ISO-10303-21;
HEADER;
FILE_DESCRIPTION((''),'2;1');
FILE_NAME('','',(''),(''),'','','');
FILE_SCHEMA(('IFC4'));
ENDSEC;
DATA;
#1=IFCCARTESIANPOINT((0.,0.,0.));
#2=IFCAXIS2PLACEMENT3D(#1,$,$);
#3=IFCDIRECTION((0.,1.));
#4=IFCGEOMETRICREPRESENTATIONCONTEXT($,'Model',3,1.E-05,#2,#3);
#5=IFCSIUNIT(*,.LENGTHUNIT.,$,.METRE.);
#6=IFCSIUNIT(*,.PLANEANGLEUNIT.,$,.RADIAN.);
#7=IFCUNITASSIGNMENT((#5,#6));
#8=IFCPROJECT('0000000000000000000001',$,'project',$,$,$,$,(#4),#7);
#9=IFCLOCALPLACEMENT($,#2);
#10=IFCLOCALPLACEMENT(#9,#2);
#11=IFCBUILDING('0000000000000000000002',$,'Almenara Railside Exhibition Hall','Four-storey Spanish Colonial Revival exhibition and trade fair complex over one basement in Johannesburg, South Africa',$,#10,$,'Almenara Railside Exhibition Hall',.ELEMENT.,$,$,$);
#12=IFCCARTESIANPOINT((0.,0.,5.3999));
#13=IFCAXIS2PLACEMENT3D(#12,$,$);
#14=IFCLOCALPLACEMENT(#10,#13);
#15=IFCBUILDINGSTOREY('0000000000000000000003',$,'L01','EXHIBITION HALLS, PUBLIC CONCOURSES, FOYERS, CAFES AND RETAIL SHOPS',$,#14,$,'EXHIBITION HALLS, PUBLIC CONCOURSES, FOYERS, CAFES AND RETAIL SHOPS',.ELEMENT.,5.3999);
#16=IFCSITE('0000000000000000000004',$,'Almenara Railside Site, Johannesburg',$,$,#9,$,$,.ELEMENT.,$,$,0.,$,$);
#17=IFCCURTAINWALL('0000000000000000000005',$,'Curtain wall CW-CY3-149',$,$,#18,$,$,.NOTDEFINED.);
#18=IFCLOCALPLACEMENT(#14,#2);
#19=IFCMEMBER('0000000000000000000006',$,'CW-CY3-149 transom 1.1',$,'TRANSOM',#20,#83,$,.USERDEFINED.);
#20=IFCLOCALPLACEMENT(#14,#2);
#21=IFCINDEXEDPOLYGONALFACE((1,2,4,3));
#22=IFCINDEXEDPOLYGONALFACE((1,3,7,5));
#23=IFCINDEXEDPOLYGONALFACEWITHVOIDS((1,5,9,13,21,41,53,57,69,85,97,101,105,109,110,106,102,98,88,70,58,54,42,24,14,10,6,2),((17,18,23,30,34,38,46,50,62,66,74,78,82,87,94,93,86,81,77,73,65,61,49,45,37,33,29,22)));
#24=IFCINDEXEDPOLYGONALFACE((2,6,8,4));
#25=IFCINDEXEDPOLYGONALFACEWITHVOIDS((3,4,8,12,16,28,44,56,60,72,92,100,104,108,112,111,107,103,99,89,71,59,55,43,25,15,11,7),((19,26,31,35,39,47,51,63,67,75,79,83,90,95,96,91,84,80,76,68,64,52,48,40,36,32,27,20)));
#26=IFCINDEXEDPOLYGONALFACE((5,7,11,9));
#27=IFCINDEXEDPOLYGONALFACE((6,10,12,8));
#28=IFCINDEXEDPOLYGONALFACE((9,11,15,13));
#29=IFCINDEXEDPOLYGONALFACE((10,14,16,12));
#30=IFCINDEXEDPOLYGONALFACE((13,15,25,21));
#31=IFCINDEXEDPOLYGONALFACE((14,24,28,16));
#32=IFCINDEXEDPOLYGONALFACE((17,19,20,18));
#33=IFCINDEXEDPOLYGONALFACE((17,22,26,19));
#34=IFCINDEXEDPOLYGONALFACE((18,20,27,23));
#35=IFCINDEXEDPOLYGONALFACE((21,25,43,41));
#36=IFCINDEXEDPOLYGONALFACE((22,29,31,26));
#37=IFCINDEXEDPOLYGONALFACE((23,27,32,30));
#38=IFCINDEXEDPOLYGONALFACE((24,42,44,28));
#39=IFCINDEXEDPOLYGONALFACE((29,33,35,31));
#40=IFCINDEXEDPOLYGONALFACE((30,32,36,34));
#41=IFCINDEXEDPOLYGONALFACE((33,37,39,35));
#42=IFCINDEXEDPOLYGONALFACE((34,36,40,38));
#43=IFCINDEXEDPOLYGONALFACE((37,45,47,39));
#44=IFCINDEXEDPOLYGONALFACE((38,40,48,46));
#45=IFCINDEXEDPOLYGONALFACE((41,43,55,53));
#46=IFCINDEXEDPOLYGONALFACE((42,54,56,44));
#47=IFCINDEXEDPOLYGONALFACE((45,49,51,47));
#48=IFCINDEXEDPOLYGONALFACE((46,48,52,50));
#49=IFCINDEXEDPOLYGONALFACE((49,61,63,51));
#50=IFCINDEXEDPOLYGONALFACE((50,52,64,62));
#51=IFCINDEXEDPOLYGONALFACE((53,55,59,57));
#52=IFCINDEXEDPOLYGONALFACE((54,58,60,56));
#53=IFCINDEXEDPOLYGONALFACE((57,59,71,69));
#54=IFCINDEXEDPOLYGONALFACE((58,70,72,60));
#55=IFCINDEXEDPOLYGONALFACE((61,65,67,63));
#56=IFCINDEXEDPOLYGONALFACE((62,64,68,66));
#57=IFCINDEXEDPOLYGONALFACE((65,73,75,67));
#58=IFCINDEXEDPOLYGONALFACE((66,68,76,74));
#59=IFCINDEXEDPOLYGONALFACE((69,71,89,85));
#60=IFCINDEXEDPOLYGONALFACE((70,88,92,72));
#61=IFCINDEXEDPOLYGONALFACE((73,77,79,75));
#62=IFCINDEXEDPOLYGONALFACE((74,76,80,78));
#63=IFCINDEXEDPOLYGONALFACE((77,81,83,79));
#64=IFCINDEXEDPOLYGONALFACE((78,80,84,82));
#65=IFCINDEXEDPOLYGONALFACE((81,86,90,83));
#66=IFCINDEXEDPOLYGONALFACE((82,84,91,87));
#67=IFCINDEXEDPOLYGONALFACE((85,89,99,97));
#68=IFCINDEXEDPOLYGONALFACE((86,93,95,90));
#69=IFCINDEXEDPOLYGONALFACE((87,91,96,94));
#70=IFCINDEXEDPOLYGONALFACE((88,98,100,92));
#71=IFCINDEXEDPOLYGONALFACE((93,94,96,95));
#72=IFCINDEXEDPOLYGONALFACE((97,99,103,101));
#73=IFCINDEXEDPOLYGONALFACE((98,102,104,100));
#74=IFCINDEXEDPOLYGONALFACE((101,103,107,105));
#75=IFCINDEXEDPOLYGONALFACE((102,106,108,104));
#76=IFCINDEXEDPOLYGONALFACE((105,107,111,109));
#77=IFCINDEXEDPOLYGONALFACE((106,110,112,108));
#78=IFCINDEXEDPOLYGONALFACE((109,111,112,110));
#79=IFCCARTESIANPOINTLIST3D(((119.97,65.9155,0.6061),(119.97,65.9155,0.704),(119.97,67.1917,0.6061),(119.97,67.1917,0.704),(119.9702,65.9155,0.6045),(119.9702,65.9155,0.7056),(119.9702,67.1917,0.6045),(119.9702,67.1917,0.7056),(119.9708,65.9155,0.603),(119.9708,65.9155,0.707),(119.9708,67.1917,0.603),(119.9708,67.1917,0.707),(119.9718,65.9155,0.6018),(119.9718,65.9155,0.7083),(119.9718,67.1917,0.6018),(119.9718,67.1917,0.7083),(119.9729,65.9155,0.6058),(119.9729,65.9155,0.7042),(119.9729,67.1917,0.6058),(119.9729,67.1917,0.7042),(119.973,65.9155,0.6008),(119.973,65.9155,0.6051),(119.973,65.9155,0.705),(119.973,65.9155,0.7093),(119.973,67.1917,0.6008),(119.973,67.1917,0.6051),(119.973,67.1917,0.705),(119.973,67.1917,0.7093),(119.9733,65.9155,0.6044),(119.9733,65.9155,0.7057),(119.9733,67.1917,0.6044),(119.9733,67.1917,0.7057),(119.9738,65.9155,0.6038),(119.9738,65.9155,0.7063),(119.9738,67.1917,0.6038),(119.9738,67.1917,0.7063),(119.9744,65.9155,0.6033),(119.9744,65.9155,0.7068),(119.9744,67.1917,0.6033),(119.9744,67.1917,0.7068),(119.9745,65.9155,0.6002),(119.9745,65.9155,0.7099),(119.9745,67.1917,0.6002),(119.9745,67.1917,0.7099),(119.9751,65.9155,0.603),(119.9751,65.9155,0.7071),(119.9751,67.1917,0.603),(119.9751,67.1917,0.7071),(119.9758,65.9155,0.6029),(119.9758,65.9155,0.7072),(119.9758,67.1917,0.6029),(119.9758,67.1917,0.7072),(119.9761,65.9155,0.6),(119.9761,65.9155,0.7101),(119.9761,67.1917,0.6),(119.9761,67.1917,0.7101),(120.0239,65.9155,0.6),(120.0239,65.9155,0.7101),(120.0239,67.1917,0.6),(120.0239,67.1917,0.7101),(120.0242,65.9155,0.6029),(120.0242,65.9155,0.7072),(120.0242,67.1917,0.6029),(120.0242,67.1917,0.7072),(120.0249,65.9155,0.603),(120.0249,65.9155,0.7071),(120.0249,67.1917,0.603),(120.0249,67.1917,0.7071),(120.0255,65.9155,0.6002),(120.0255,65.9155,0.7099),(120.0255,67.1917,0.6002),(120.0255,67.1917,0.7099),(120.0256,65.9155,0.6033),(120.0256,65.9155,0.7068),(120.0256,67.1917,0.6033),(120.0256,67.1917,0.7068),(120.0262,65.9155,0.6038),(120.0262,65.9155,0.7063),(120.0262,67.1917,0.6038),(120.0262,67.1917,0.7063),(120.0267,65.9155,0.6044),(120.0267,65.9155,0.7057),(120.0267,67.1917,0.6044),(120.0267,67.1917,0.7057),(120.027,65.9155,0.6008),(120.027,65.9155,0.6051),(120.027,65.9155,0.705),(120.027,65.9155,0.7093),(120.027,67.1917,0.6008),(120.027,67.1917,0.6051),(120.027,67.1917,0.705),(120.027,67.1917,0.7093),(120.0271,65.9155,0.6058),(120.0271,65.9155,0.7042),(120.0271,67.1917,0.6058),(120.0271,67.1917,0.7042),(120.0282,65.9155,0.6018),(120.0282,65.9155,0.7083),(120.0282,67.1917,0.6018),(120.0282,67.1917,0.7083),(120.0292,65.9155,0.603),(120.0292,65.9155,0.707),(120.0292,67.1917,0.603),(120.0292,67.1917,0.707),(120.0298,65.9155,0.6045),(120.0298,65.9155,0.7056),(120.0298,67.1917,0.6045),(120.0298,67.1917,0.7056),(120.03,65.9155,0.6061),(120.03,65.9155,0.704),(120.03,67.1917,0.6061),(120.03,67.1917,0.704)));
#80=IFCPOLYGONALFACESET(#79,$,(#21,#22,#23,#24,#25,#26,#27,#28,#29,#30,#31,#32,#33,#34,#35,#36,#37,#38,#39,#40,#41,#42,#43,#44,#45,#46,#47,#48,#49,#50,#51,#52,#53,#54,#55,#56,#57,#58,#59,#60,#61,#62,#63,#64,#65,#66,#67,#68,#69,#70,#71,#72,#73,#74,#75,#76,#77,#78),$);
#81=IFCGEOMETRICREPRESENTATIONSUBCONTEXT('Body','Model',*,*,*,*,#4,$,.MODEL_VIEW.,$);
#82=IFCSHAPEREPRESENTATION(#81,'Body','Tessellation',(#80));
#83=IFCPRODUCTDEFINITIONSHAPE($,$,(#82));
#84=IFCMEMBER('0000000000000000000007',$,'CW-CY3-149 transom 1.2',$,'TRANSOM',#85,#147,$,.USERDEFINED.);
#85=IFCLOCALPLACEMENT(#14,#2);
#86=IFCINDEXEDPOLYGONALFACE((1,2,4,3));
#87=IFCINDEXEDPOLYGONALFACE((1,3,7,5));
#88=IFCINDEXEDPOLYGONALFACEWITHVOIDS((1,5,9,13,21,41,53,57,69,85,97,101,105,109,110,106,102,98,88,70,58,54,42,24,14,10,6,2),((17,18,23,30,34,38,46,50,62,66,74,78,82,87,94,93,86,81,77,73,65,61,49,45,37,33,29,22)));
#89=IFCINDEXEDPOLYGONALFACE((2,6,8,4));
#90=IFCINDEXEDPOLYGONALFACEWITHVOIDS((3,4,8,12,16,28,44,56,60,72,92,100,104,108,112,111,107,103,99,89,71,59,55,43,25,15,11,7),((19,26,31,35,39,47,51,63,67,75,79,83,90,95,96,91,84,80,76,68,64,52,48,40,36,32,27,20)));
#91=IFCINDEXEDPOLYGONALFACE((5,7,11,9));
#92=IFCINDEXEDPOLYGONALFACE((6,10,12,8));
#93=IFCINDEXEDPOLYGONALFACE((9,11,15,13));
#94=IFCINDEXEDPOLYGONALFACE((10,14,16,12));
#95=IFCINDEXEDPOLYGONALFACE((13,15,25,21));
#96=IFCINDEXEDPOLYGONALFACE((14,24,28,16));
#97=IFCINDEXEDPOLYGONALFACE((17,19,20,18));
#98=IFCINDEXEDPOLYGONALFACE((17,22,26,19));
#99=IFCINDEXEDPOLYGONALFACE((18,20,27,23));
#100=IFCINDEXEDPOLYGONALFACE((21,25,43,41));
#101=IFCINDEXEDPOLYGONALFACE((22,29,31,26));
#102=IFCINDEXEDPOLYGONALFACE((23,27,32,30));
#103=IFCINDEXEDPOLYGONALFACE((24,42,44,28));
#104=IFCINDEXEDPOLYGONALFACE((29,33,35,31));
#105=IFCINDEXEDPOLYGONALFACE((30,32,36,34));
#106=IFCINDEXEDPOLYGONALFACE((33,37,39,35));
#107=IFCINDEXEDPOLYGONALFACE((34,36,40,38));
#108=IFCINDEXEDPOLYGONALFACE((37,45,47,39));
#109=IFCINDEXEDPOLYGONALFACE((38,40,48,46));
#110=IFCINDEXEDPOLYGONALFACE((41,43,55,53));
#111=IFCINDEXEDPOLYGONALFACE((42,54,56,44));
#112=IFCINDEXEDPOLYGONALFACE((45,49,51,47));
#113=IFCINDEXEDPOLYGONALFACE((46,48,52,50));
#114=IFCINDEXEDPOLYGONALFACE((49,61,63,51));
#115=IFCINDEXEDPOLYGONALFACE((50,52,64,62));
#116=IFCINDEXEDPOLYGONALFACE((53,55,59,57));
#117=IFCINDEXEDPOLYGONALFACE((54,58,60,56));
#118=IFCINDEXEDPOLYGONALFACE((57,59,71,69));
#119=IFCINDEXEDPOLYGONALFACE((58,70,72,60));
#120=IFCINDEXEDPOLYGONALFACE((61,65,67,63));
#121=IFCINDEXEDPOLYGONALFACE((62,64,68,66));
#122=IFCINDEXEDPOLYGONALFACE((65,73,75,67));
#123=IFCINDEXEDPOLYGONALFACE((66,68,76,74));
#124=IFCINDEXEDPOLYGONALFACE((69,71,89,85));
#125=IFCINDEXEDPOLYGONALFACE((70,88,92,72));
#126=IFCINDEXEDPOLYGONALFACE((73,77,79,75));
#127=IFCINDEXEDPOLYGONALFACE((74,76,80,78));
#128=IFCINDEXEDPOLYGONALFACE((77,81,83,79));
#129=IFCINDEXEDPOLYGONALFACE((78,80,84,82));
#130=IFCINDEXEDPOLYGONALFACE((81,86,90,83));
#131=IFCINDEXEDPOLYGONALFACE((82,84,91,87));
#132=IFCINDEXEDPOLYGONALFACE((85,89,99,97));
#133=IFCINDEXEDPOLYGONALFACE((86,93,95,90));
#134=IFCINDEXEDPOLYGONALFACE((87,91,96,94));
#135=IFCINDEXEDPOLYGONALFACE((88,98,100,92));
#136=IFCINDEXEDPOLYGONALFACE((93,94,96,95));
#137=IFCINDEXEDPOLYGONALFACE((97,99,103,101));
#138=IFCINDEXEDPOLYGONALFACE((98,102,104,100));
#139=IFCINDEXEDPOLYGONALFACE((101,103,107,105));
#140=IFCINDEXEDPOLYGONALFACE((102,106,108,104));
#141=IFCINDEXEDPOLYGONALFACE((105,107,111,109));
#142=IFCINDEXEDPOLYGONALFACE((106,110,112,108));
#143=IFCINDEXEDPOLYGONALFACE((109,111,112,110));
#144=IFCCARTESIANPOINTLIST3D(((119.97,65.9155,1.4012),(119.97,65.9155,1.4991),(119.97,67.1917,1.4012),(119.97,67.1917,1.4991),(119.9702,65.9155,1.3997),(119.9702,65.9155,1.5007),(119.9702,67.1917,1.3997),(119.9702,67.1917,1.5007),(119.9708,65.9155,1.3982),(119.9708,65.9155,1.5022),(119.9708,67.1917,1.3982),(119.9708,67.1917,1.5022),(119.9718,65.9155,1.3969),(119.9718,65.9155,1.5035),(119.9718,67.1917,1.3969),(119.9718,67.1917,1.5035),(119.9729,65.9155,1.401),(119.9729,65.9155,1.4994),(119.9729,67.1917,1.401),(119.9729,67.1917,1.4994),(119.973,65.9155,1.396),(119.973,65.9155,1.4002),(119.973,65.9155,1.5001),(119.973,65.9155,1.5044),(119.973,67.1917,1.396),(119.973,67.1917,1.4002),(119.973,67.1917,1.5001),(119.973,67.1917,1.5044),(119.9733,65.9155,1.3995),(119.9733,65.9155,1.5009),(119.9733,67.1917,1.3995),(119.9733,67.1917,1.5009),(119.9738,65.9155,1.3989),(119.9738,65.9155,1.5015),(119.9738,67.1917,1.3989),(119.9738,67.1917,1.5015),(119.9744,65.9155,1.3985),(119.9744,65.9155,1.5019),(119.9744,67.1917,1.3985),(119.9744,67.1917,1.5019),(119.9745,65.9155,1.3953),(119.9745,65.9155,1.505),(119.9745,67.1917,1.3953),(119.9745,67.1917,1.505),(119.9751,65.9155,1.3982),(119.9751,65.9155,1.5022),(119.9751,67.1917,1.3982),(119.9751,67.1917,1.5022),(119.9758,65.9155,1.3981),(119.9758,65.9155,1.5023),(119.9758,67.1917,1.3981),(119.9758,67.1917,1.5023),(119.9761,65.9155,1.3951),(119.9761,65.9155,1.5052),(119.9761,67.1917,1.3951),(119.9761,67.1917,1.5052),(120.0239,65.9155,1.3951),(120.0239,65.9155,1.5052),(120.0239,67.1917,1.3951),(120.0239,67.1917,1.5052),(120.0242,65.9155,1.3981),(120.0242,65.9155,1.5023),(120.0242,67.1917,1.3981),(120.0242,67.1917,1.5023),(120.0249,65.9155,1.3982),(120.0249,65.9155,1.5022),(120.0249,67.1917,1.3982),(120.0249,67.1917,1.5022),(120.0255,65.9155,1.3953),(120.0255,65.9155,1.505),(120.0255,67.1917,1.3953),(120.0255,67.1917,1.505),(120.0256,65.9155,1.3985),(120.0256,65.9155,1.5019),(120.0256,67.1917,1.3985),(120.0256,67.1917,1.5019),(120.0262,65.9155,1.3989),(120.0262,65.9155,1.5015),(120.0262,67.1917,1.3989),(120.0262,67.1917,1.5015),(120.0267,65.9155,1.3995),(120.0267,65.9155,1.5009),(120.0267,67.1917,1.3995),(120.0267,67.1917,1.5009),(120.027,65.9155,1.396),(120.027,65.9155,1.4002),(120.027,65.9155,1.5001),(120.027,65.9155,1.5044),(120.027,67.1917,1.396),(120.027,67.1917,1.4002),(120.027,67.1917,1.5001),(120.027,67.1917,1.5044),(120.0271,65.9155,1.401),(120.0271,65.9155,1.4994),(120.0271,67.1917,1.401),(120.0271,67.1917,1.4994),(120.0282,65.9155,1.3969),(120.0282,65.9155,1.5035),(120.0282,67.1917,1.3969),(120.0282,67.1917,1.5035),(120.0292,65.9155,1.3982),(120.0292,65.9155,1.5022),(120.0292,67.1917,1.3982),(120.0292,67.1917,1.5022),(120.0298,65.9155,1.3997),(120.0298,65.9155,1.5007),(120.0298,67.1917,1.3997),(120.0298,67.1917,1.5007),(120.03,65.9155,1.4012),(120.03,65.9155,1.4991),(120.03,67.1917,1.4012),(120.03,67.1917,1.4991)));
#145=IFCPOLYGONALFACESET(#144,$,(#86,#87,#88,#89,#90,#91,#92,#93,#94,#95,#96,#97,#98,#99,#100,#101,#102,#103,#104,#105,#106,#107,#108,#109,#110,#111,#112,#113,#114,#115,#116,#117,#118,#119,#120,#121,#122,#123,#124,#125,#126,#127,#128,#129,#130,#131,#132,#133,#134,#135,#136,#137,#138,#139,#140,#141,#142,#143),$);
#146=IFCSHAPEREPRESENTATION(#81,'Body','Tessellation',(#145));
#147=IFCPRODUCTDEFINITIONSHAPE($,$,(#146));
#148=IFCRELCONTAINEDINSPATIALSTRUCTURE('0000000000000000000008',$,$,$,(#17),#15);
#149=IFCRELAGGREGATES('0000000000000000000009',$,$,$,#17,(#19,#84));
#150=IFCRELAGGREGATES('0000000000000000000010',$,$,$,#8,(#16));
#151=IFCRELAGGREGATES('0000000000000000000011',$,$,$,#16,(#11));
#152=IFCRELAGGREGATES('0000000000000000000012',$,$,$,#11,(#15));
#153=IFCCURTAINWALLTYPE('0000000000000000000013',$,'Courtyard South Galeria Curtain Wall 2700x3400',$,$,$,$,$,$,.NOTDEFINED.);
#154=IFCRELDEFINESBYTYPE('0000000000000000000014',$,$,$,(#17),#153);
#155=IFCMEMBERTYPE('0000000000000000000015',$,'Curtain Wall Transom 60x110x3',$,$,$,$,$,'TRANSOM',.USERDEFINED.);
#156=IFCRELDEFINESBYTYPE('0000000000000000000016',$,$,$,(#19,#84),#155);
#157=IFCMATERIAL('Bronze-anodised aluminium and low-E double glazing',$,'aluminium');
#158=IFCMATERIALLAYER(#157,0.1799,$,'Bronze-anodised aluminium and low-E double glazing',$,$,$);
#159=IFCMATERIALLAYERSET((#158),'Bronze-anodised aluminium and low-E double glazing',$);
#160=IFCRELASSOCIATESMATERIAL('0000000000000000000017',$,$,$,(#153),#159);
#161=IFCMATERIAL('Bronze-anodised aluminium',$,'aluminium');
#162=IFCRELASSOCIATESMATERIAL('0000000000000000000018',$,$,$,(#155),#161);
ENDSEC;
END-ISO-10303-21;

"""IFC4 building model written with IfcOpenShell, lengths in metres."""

from ifc_helpers import new_model, si_unit, direction, frame, origin, origin_2d, place, context, subcontext, project, spatial, hollow_rectangle, extrude, material, layer, layer_set, material_profile, profile_set, type_object, element, aggregate, save


model = new_model("IFC4")

# Units and contexts
model_context = context("Model", 3, precision=1e-05, world=origin(), true_north=direction((0.0, 1.0)))
body_context = subcontext(model_context, "Body", "Model", "MODEL_VIEW")
ifc_project = project(units=[si_unit("LENGTHUNIT", "METRE"), si_unit("PLANEANGLEUNIT", "RADIAN")], contexts=[model_context])

# Site, building, storey
site_placement = place(None, origin())
site = spatial("IfcSite", under=ifc_project, at=site_placement, Name="Almenara Railside Site, Johannesburg", CompositionType="ELEMENT", RefElevation=0.0)
building_placement = place(site_placement, origin())
building = spatial("IfcBuilding", under=site, at=building_placement, Name="Almenara Railside Exhibition Hall", Description="Four-storey Spanish Colonial Revival exhibition and trade fair complex over one basement in Johannesburg, South Africa", LongName="Almenara Railside Exhibition Hall", CompositionType="ELEMENT")
storey_placement = place(building_placement, frame((0.0, 0.0, 5.3999)))
storey = spatial("IfcBuildingStorey", under=building, at=storey_placement, Name="L01", Description="EXHIBITION HALLS, PUBLIC CONCOURSES, FOYERS, CAFES AND RETAIL SHOPS", LongName="EXHIBITION HALLS, PUBLIC CONCOURSES, FOYERS, CAFES AND RETAIL SHOPS", CompositionType="ELEMENT", Elevation=5.3999)

# Curtain wall
ifc_material_1 = material(Name="Bronze-anodised aluminium and low-E double glazing", Category="aluminium")
ifc_layer_1 = layer(ifc_material_1, 0.1799, Name="Bronze-anodised aluminium and low-E double glazing")
ifc_layer_set_1 = layer_set([ifc_layer_1], Name="Bronze-anodised aluminium and low-E double glazing")
curtain_wall_type = type_object("IfcCurtainWallType", Name="Courtyard South Galeria Curtain Wall 2700x3400", PredefinedType="NOTDEFINED", material=ifc_layer_set_1)
curtain_wall_1_placement = place(storey_placement, origin())
curtain_wall_1 = element("IfcCurtainWall", 1, at=curtain_wall_1_placement, inside=storey, type_object=curtain_wall_type, Name="Curtain wall CW-CY3-149", PredefinedType="NOTDEFINED")
ifc_material_2 = material(Name="Bronze-anodised aluminium", Category="aluminium")

# Members
ifc_material_profile_1 = material_profile(ifc_material_2, hollow_rectangle(XDim=0.0601, YDim=0.1101, WallThickness=0.0029, InnerFilletRadius=0.0029, OuterFilletRadius=0.0061, at=origin_2d()), Name="ALU-TRN 60x110x3")
ifc_profile_set_1 = profile_set([ifc_material_profile_1], Name="Bronze-anodised aluminium")
member_type_1 = type_object("IfcMemberType", Name="Curtain Wall Transom 60x110x3", ElementType="TRANSOM", PredefinedType="USERDEFINED", material=ifc_profile_set_1)
member_1_placement = place(storey_placement, frame((120.0, 65.9155, 0.655), z_axis=(0.0, 1.0, 0.0), x_axis=(-1.0, 0.0, 0.0)))
member_1 = element("IfcMember", 2, at=member_1_placement, type_object=member_type_1, Name="CW-CY3-149 transom 1.1", ObjectType="TRANSOM", PredefinedType="USERDEFINED", context=body_context, shape_type="SweptSolid", body=[
    extrude(hollow_rectangle(XDim=0.0601, YDim=0.1101, WallThickness=0.0029, InnerFilletRadius=0.0029, OuterFilletRadius=0.0061, at=origin_2d()), origin(), (0.0, 0.0, 1.0), 1.2761),
])
member_2_placement = place(storey_placement, frame((120.0, 65.9155, 1.4502), z_axis=(0.0, 1.0, 0.0), x_axis=(-1.0, 0.0, 0.0)))
member_2 = element("IfcMember", 3, at=member_2_placement, type_object=member_type_1, Name="CW-CY3-149 transom 1.2", ObjectType="TRANSOM", PredefinedType="USERDEFINED", context=body_context, shape_type="SweptSolid", body=[
    extrude(hollow_rectangle(XDim=0.0601, YDim=0.1101, WallThickness=0.0029, InnerFilletRadius=0.0029, OuterFilletRadius=0.0061, at=origin_2d()), origin(), (0.0, 0.0, 1.0), 1.2761),
])

aggregate(curtain_wall_1, [member_1, member_2])

save(model, "model.ifc")
